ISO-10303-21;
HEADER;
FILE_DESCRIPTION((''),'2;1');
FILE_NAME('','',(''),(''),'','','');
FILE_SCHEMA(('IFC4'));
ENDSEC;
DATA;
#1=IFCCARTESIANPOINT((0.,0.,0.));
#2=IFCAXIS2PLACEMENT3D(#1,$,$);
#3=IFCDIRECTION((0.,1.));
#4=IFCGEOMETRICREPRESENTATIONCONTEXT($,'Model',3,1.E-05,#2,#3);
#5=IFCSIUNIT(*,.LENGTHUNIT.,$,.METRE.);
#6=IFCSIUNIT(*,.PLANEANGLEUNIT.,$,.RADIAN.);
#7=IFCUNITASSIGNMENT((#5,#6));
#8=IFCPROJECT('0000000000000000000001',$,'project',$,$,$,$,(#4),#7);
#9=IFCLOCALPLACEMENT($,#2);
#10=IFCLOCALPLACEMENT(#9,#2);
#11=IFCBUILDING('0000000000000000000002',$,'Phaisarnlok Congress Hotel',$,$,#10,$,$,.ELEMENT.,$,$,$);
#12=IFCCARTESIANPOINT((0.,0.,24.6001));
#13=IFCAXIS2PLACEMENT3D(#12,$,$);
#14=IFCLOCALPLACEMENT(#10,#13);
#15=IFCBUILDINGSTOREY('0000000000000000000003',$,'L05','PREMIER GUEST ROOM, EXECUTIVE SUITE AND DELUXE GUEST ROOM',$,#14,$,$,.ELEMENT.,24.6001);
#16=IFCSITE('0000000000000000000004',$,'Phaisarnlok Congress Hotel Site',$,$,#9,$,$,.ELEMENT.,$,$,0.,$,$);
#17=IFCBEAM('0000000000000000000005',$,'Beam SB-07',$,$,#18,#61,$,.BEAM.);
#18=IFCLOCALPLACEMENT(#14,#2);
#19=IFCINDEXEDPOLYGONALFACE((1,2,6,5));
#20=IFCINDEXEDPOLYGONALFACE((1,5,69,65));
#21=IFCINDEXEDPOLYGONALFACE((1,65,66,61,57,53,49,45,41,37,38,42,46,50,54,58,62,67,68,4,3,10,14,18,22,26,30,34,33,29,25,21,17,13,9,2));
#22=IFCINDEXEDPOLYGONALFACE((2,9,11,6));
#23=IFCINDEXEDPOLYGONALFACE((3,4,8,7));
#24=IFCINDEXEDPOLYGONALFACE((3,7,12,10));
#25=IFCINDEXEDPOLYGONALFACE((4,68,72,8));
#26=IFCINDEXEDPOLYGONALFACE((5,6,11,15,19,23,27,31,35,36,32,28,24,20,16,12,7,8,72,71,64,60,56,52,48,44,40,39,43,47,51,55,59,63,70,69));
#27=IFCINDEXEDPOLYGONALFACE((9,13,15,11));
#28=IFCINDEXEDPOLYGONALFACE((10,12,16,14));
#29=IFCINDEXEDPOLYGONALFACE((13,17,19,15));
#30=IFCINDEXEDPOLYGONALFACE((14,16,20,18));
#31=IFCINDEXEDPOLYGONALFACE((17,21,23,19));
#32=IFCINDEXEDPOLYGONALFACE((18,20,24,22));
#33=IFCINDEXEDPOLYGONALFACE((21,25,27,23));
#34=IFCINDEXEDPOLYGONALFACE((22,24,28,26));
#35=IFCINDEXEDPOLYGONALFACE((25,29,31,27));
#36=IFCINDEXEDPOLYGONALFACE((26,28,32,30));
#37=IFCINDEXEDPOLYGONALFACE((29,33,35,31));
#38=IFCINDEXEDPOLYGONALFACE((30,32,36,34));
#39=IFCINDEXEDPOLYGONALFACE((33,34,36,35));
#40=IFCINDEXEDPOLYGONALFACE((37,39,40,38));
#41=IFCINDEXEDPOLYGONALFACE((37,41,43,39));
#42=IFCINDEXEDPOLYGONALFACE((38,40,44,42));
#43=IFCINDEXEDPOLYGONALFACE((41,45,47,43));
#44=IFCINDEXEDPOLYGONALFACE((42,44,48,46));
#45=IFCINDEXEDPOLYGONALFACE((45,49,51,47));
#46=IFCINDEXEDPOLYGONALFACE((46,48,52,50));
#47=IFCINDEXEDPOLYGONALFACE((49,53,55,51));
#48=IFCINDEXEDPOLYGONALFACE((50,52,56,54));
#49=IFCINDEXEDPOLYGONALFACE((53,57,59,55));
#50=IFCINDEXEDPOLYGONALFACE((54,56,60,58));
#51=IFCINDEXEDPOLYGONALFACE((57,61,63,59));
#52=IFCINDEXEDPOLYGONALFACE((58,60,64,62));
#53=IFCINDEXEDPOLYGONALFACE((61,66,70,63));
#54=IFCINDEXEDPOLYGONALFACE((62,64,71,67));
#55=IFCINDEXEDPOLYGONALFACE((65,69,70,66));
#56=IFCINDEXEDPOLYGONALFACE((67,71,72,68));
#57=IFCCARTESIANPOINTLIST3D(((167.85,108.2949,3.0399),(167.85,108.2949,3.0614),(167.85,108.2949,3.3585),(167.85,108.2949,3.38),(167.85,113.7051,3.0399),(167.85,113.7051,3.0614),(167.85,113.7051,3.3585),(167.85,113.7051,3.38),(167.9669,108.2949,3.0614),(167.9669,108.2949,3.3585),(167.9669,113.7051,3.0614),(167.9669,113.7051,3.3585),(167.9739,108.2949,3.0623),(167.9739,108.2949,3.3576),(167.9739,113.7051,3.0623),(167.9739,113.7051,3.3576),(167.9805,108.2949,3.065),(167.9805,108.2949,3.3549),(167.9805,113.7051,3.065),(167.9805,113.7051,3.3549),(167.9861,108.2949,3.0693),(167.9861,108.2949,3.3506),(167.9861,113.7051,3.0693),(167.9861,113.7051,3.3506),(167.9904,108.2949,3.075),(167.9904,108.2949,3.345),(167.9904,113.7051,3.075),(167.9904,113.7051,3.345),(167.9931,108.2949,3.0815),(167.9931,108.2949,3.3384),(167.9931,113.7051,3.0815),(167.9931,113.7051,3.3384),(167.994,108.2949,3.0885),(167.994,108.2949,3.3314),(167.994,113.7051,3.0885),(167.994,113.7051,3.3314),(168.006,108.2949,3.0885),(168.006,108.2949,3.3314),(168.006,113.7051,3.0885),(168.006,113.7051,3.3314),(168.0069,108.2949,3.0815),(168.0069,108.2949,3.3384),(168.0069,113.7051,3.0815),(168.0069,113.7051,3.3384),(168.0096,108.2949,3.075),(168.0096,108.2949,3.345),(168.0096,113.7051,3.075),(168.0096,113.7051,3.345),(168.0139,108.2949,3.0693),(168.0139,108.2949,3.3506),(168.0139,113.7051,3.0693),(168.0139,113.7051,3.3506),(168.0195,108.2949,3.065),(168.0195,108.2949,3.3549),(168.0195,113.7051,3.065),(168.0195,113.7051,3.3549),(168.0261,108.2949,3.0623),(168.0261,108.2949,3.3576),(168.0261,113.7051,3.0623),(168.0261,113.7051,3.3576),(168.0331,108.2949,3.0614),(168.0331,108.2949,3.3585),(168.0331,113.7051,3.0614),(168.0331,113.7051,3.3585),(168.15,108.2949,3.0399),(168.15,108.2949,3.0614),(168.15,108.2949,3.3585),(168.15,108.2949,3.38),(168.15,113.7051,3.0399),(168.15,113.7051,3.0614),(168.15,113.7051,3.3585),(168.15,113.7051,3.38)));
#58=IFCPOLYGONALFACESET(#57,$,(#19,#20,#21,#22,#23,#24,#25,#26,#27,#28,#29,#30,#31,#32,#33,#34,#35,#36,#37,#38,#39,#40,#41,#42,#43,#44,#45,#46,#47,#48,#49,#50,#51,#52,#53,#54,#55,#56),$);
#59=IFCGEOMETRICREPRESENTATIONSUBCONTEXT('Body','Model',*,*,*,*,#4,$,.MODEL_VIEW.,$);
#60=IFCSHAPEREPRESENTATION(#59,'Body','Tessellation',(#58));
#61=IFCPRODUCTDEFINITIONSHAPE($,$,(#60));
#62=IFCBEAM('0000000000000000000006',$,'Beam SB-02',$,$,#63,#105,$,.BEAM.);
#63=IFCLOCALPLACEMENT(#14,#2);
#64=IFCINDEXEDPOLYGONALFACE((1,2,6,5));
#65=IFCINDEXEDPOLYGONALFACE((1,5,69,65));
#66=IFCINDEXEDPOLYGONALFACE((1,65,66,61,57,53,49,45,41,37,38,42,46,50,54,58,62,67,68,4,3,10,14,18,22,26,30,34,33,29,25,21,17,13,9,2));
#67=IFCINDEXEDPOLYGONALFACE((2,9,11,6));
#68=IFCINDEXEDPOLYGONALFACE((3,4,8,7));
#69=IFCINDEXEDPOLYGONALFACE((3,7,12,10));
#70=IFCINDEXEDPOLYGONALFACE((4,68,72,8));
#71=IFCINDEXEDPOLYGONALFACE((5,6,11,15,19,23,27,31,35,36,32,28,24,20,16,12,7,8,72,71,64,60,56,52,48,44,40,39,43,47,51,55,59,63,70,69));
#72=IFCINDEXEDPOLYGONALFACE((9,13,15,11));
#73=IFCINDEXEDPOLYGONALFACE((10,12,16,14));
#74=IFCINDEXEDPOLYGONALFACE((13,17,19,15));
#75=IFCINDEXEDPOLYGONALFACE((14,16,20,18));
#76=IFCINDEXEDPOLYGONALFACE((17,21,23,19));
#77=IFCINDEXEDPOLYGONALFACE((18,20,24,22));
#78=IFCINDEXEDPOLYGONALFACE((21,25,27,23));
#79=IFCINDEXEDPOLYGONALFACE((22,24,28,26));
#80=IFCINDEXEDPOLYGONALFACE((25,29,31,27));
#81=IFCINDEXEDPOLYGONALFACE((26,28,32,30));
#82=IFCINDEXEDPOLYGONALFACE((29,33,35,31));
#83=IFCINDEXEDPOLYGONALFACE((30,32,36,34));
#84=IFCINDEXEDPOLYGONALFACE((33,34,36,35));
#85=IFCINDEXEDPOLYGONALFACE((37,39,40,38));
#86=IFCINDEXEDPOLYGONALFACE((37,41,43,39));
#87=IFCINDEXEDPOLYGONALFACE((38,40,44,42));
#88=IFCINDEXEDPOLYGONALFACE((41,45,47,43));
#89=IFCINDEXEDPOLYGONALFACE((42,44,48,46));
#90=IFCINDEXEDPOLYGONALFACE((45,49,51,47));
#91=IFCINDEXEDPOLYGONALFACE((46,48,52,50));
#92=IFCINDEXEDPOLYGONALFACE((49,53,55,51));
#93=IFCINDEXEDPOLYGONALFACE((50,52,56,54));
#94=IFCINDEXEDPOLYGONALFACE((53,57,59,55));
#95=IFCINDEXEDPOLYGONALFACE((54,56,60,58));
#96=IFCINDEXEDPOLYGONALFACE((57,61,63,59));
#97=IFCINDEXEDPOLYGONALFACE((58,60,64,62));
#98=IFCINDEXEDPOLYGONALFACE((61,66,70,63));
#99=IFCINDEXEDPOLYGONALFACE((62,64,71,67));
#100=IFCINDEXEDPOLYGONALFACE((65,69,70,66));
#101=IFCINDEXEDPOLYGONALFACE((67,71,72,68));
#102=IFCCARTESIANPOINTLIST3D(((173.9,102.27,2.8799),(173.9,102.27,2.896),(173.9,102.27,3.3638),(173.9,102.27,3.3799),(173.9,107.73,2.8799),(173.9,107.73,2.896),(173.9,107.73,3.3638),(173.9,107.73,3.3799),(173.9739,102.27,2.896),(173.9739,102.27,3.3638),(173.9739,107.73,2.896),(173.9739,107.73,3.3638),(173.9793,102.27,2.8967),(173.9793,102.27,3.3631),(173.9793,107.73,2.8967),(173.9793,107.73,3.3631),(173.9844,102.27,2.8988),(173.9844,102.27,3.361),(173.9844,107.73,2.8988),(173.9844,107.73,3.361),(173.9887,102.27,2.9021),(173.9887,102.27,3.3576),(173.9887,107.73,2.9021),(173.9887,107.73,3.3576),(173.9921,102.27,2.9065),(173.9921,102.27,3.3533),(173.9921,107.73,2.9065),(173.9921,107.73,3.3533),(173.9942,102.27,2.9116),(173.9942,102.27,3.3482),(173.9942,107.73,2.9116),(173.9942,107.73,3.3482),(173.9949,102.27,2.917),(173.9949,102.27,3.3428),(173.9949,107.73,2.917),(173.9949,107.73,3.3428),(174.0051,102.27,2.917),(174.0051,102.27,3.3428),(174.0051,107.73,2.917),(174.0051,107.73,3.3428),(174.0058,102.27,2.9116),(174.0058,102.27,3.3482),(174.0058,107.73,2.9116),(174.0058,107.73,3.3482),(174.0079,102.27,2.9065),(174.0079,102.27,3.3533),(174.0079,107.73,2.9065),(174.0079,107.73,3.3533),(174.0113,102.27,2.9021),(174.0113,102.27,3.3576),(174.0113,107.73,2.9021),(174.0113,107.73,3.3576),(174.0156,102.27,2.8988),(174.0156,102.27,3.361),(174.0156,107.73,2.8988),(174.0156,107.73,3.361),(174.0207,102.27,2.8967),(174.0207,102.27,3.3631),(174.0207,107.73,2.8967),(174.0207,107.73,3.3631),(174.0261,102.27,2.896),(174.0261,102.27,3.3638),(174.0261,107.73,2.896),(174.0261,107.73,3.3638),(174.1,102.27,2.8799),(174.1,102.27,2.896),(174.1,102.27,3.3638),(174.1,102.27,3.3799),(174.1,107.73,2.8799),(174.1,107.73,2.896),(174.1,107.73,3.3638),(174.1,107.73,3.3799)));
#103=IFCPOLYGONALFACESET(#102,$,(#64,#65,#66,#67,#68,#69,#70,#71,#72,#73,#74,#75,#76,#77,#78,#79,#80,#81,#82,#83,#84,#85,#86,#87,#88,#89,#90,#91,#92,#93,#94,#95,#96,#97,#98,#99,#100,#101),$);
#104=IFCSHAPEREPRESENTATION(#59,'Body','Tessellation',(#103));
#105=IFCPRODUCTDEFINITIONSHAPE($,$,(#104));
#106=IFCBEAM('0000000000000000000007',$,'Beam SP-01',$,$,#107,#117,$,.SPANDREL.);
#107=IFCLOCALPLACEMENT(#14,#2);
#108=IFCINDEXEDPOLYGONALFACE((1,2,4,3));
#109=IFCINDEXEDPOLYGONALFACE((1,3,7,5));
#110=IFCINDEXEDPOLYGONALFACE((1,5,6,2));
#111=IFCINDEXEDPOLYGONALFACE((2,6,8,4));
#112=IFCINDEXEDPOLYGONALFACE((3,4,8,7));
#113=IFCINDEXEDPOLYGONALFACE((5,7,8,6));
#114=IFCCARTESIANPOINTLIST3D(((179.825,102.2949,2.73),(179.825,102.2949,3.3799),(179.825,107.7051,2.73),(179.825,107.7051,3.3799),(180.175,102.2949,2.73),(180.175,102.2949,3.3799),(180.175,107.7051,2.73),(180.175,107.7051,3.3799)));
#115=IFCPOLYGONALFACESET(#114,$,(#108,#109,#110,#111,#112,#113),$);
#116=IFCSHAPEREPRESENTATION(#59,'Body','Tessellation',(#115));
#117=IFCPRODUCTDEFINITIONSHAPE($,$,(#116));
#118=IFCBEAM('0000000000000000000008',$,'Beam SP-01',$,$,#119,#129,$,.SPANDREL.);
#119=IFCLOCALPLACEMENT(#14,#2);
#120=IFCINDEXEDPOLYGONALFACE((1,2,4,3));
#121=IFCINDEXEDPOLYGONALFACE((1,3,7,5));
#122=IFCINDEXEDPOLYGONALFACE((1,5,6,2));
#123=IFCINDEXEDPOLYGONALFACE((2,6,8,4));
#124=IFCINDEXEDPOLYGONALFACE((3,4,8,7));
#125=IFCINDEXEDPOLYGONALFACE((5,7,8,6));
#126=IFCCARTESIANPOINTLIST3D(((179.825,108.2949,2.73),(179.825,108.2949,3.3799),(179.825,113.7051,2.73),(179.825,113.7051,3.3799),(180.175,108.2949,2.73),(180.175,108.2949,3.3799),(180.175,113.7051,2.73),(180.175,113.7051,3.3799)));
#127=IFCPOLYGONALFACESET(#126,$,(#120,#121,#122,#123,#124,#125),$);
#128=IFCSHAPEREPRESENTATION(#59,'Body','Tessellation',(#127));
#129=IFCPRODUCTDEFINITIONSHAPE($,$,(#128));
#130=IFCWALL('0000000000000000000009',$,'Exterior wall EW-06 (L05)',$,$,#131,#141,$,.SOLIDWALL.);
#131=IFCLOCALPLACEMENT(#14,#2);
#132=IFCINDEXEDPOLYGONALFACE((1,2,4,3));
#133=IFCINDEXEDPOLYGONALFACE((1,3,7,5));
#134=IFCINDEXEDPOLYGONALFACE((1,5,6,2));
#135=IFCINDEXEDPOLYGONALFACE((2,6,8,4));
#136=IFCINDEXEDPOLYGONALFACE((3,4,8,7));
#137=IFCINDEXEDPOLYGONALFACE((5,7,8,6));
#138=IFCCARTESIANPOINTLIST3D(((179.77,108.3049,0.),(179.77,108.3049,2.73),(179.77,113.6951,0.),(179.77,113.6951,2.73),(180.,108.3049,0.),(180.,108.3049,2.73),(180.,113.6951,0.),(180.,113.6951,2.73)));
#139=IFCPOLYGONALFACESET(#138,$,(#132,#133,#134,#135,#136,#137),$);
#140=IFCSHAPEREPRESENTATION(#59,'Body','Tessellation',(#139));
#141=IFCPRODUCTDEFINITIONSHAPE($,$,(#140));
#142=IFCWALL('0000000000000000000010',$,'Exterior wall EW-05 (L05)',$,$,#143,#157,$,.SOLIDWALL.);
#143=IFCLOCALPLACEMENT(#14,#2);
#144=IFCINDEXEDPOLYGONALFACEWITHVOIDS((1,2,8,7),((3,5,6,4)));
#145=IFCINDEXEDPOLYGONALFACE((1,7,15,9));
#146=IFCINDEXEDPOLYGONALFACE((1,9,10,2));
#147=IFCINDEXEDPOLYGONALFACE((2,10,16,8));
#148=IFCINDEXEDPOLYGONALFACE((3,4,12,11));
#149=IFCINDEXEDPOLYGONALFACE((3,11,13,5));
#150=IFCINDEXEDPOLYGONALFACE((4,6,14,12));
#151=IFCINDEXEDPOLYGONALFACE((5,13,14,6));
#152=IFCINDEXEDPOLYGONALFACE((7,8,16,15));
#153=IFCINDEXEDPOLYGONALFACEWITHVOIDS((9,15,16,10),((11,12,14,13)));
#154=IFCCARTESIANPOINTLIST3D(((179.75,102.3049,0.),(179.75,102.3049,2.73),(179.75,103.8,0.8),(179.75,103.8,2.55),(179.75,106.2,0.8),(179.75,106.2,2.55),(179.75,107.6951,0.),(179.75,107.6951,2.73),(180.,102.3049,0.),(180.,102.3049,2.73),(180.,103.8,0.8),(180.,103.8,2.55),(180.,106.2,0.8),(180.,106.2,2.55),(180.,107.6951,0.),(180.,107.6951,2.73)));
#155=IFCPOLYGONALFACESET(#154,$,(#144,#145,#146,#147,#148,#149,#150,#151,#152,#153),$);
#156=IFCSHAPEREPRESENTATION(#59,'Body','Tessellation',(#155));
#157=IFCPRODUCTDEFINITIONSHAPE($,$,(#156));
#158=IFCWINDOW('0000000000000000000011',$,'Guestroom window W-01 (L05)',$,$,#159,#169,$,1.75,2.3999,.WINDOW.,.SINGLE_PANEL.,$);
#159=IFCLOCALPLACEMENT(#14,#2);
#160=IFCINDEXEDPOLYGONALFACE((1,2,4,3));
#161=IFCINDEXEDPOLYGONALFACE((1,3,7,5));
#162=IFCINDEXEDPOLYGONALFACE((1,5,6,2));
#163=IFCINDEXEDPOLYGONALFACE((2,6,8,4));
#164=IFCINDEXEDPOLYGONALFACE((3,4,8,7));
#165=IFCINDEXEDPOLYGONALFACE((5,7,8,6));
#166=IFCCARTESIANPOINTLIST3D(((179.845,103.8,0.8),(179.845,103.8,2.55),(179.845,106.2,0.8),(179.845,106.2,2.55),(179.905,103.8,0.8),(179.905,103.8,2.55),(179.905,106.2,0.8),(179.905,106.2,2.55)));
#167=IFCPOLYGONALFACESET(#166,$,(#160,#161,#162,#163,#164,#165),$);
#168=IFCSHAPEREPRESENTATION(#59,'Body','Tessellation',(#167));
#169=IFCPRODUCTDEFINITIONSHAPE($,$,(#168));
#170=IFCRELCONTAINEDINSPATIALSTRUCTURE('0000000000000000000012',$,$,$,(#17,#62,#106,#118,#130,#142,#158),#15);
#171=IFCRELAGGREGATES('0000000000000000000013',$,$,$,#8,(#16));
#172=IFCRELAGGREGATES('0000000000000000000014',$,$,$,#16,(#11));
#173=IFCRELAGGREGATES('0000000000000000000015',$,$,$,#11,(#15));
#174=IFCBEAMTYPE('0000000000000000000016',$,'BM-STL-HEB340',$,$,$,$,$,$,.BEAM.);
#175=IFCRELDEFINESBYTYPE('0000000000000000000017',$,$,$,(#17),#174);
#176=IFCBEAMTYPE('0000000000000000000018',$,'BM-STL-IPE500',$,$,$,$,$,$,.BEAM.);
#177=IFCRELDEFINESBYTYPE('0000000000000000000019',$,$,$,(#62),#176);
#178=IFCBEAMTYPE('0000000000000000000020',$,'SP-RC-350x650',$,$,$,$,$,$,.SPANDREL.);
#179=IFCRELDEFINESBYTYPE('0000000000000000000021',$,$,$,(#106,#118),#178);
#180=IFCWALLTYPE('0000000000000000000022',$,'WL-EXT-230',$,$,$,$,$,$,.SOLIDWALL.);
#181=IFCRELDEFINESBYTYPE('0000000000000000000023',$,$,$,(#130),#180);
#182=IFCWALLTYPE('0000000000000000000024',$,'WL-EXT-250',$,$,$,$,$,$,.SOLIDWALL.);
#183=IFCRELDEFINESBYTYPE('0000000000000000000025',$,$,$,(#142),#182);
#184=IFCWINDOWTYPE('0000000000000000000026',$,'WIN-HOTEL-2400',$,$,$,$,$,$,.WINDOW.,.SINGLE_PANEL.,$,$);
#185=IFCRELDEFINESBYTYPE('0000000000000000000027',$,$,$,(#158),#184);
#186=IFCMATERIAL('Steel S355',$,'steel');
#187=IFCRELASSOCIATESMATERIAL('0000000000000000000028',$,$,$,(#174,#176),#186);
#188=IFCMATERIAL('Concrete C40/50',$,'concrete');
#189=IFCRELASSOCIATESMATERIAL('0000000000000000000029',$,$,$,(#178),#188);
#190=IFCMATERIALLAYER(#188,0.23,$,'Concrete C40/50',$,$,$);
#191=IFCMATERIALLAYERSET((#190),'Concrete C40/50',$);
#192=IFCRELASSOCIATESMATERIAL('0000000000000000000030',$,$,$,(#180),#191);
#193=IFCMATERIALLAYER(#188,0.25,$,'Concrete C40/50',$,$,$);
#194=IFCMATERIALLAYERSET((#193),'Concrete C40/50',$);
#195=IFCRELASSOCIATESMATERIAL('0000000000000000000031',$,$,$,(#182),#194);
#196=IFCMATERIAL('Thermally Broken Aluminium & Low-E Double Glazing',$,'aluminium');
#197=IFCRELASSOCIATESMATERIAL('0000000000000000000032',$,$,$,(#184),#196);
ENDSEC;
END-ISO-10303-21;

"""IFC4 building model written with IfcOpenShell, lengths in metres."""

from ifc_helpers import new_model, si_unit, direction, frame, frame_2d, origin, origin_2d, place, context, subcontext, project, spatial, rectangle, i_section, extrude, material, layer, layer_set, material_profile, profile_set, type_object, element, fill, save


model = new_model("IFC4")

# Units and contexts
model_context = context("Model", 3, precision=1e-05, world=origin(), true_north=direction((0.0, 1.0)))
body_context = subcontext(model_context, "Body", "Model", "MODEL_VIEW")
ifc_project = project(units=[si_unit("LENGTHUNIT", "METRE"), si_unit("PLANEANGLEUNIT", "RADIAN")], contexts=[model_context])

# Site, building, storey
site_placement = place(None, origin())
site = spatial("IfcSite", under=ifc_project, at=site_placement, Name="Phaisarnlok Congress Hotel Site", CompositionType="ELEMENT", RefElevation=0.0)
building_placement = place(site_placement, origin())
building = spatial("IfcBuilding", under=site, at=building_placement, Name="Phaisarnlok Congress Hotel", CompositionType="ELEMENT")
storey_placement = place(building_placement, frame((0.0, 0.0, 24.6001)))
storey = spatial("IfcBuildingStorey", under=building, at=storey_placement, Name="L05", Description="PREMIER GUEST ROOM, EXECUTIVE SUITE AND DELUXE GUEST ROOM", CompositionType="ELEMENT", Elevation=24.6001)

# Beams
ifc_material_1 = material(Name="Concrete C40/50", Category="concrete")
ifc_material_2 = material(Name="Steel S355", Category="steel")
ifc_material_profile_1 = material_profile(ifc_material_2, i_section(OverallWidth=0.3, OverallDepth=0.3401, WebThickness=0.012, FlangeThickness=0.0215, FilletRadius=0.0271, at=origin_2d()), Name="HEB 340")
ifc_profile_set_1 = profile_set([ifc_material_profile_1], Name="Steel S355")
beam_type_1 = type_object("IfcBeamType", Name="BM-STL-HEB340", PredefinedType="BEAM", material=ifc_profile_set_1)
beam_1_placement = place(storey_placement, frame((168.0, 108.2949, 3.21), z_axis=(0.0, 1.0, 0.0), x_axis=(-1.0, 0.0, 0.0)))
element("IfcBeam", 1, at=beam_1_placement, inside=storey, type_object=beam_type_1, Name="Beam SB-07", PredefinedType="BEAM", context=body_context, shape_type="SweptSolid", body=[
    extrude(i_section(OverallWidth=0.3, OverallDepth=0.3401, WebThickness=0.012, FlangeThickness=0.0215, FilletRadius=0.0271, at=origin_2d()), origin(), (0.0, 0.0, 1.0), 5.4102),
])
ifc_material_profile_2 = material_profile(ifc_material_2, i_section(OverallWidth=0.2, OverallDepth=0.5, WebThickness=0.0103, FlangeThickness=0.0161, FilletRadius=0.021, at=origin_2d()), Name="IPE 500")
ifc_profile_set_2 = profile_set([ifc_material_profile_2], Name="Steel S355")
beam_type_2 = type_object("IfcBeamType", Name="BM-STL-IPE500", PredefinedType="BEAM", material=ifc_profile_set_2)
beam_2_placement = place(storey_placement, frame((174.0, 102.27, 3.1299), z_axis=(0.0, 1.0, 0.0), x_axis=(-1.0, 0.0, 0.0)))
element("IfcBeam", 2, at=beam_2_placement, inside=storey, type_object=beam_type_2, Name="Beam SB-02", PredefinedType="BEAM", context=body_context, shape_type="SweptSolid", body=[
    extrude(i_section(OverallWidth=0.2, OverallDepth=0.5, WebThickness=0.0103, FlangeThickness=0.0161, FilletRadius=0.021, at=origin_2d()), origin(), (0.0, 0.0, 1.0), 5.46),
])
ifc_material_profile_3 = material_profile(ifc_material_1, rectangle(XDim=0.3501, YDim=0.6499, at=origin_2d()), Name="RC 350x650")
ifc_profile_set_3 = profile_set([ifc_material_profile_3], Name="Concrete C40/50")
beam_type_3 = type_object("IfcBeamType", Name="SP-RC-350x650", PredefinedType="SPANDREL", material=ifc_profile_set_3)
for number, where, z_axis, x_axis, name in (
    (3, (180.0, 102.2949, 3.0549), (0.0, 1.0, 0.0), (-1.0, 0.0, 0.0), "Beam SP-01"),
    (4, (180.0, 108.2949, 3.0549), (0.0, 1.0, 0.0), (-1.0, 0.0, 0.0), "Beam SP-01"),
):
    element("IfcBeam", number, at=place(storey_placement, frame(where, z_axis=z_axis, x_axis=x_axis)), inside=storey, type_object=beam_type_3, Name=name, PredefinedType="SPANDREL", context=body_context, shape_type="SweptSolid", body=[
        extrude(rectangle(XDim=0.3501, YDim=0.6499, at=origin_2d()), origin(), (0.0, 0.0, 1.0), 5.4102),
    ])

# Wall
ifc_layer_1 = layer(ifc_material_1, 0.23, Name="Concrete C40/50")
ifc_layer_set_1 = layer_set([ifc_layer_1], Name="Concrete C40/50")
wall_type_1 = type_object("IfcWallType", Name="WL-EXT-230", PredefinedType="SOLIDWALL", material=ifc_layer_set_1)
wall_1_placement = place(storey_placement, frame((179.885, 108.3049, 0.0), z_axis=(0.0, 0.0, 1.0), x_axis=(0.0, 1.0, 0.0)))
element("IfcWall", 5, at=wall_1_placement, inside=storey, type_object=wall_type_1, Name="Exterior wall EW-06 (L05)", PredefinedType="SOLIDWALL", context=body_context, shape_type="SweptSolid", body=[
    extrude(rectangle(XDim=5.3901, YDim=0.23, at=frame_2d((2.6951, 0.0))), origin(), (0.0, 0.0, 1.0), 2.73),
])

# Wall, opening, window
ifc_layer_2 = layer(ifc_material_1, 0.25, Name="Concrete C40/50")
ifc_layer_set_2 = layer_set([ifc_layer_2], Name="Concrete C40/50")
wall_type_2 = type_object("IfcWallType", Name="WL-EXT-250", PredefinedType="SOLIDWALL", material=ifc_layer_set_2)
wall_2_placement = place(storey_placement, frame((179.875, 102.3049, 0.0), z_axis=(0.0, 0.0, 1.0), x_axis=(0.0, 1.0, 0.0)))
wall_2 = element("IfcWall", 6, at=wall_2_placement, inside=storey, type_object=wall_type_2, Name="Exterior wall EW-05 (L05)", PredefinedType="SOLIDWALL", context=body_context, shape_type="SweptSolid", body=[
    extrude(rectangle(XDim=5.3901, YDim=0.25, at=frame_2d((2.6951, 0.0))), origin(), (0.0, 0.0, 1.0), 2.73),
])
opening_1_placement = place(wall_2_placement, frame((1.4951, 0.0, 0.8)))
opening_1 = element("IfcOpeningElement", 7, at=opening_1_placement, cuts=wall_2, PredefinedType="OPENING", context=body_context, shape_type="SweptSolid", body=[
    extrude(rectangle(XDim=2.3999, YDim=1.75, at=frame_2d((1.2, 0.875))), frame((0.0, 0.135, 0.0), z_axis=(0.0, -1.0, 0.0), x_axis=(1.0, 0.0, 0.0)), (0.0, 0.0, 1.0), 0.27),
])
ifc_material_3 = material(Name="Thermally Broken Aluminium & Low-E Double Glazing", Category="aluminium")
window_type = type_object("IfcWindowType", Name="WIN-HOTEL-2400", PartitioningType="SINGLE_PANEL", PredefinedType="WINDOW", material=ifc_material_3)
window_placement = place(opening_1_placement, origin())
window = element("IfcWindow", 8, at=window_placement, inside=storey, type_object=window_type, Name="Guestroom window W-01 (L05)", OverallHeight=1.75, OverallWidth=2.3999, PartitioningType="SINGLE_PANEL", PredefinedType="WINDOW", context=body_context, shape_type="SweptSolid", body=[
    extrude(rectangle(XDim=2.3999, YDim=1.75, at=frame_2d((1.2, 0.875))), frame((0.0, 0.03, 0.0), z_axis=(0.0, -1.0, 0.0), x_axis=(1.0, 0.0, 0.0)), (0.0, 0.0, 1.0), 0.0601),
])
fill(opening_1, window)

save(model, "model.ifc")
